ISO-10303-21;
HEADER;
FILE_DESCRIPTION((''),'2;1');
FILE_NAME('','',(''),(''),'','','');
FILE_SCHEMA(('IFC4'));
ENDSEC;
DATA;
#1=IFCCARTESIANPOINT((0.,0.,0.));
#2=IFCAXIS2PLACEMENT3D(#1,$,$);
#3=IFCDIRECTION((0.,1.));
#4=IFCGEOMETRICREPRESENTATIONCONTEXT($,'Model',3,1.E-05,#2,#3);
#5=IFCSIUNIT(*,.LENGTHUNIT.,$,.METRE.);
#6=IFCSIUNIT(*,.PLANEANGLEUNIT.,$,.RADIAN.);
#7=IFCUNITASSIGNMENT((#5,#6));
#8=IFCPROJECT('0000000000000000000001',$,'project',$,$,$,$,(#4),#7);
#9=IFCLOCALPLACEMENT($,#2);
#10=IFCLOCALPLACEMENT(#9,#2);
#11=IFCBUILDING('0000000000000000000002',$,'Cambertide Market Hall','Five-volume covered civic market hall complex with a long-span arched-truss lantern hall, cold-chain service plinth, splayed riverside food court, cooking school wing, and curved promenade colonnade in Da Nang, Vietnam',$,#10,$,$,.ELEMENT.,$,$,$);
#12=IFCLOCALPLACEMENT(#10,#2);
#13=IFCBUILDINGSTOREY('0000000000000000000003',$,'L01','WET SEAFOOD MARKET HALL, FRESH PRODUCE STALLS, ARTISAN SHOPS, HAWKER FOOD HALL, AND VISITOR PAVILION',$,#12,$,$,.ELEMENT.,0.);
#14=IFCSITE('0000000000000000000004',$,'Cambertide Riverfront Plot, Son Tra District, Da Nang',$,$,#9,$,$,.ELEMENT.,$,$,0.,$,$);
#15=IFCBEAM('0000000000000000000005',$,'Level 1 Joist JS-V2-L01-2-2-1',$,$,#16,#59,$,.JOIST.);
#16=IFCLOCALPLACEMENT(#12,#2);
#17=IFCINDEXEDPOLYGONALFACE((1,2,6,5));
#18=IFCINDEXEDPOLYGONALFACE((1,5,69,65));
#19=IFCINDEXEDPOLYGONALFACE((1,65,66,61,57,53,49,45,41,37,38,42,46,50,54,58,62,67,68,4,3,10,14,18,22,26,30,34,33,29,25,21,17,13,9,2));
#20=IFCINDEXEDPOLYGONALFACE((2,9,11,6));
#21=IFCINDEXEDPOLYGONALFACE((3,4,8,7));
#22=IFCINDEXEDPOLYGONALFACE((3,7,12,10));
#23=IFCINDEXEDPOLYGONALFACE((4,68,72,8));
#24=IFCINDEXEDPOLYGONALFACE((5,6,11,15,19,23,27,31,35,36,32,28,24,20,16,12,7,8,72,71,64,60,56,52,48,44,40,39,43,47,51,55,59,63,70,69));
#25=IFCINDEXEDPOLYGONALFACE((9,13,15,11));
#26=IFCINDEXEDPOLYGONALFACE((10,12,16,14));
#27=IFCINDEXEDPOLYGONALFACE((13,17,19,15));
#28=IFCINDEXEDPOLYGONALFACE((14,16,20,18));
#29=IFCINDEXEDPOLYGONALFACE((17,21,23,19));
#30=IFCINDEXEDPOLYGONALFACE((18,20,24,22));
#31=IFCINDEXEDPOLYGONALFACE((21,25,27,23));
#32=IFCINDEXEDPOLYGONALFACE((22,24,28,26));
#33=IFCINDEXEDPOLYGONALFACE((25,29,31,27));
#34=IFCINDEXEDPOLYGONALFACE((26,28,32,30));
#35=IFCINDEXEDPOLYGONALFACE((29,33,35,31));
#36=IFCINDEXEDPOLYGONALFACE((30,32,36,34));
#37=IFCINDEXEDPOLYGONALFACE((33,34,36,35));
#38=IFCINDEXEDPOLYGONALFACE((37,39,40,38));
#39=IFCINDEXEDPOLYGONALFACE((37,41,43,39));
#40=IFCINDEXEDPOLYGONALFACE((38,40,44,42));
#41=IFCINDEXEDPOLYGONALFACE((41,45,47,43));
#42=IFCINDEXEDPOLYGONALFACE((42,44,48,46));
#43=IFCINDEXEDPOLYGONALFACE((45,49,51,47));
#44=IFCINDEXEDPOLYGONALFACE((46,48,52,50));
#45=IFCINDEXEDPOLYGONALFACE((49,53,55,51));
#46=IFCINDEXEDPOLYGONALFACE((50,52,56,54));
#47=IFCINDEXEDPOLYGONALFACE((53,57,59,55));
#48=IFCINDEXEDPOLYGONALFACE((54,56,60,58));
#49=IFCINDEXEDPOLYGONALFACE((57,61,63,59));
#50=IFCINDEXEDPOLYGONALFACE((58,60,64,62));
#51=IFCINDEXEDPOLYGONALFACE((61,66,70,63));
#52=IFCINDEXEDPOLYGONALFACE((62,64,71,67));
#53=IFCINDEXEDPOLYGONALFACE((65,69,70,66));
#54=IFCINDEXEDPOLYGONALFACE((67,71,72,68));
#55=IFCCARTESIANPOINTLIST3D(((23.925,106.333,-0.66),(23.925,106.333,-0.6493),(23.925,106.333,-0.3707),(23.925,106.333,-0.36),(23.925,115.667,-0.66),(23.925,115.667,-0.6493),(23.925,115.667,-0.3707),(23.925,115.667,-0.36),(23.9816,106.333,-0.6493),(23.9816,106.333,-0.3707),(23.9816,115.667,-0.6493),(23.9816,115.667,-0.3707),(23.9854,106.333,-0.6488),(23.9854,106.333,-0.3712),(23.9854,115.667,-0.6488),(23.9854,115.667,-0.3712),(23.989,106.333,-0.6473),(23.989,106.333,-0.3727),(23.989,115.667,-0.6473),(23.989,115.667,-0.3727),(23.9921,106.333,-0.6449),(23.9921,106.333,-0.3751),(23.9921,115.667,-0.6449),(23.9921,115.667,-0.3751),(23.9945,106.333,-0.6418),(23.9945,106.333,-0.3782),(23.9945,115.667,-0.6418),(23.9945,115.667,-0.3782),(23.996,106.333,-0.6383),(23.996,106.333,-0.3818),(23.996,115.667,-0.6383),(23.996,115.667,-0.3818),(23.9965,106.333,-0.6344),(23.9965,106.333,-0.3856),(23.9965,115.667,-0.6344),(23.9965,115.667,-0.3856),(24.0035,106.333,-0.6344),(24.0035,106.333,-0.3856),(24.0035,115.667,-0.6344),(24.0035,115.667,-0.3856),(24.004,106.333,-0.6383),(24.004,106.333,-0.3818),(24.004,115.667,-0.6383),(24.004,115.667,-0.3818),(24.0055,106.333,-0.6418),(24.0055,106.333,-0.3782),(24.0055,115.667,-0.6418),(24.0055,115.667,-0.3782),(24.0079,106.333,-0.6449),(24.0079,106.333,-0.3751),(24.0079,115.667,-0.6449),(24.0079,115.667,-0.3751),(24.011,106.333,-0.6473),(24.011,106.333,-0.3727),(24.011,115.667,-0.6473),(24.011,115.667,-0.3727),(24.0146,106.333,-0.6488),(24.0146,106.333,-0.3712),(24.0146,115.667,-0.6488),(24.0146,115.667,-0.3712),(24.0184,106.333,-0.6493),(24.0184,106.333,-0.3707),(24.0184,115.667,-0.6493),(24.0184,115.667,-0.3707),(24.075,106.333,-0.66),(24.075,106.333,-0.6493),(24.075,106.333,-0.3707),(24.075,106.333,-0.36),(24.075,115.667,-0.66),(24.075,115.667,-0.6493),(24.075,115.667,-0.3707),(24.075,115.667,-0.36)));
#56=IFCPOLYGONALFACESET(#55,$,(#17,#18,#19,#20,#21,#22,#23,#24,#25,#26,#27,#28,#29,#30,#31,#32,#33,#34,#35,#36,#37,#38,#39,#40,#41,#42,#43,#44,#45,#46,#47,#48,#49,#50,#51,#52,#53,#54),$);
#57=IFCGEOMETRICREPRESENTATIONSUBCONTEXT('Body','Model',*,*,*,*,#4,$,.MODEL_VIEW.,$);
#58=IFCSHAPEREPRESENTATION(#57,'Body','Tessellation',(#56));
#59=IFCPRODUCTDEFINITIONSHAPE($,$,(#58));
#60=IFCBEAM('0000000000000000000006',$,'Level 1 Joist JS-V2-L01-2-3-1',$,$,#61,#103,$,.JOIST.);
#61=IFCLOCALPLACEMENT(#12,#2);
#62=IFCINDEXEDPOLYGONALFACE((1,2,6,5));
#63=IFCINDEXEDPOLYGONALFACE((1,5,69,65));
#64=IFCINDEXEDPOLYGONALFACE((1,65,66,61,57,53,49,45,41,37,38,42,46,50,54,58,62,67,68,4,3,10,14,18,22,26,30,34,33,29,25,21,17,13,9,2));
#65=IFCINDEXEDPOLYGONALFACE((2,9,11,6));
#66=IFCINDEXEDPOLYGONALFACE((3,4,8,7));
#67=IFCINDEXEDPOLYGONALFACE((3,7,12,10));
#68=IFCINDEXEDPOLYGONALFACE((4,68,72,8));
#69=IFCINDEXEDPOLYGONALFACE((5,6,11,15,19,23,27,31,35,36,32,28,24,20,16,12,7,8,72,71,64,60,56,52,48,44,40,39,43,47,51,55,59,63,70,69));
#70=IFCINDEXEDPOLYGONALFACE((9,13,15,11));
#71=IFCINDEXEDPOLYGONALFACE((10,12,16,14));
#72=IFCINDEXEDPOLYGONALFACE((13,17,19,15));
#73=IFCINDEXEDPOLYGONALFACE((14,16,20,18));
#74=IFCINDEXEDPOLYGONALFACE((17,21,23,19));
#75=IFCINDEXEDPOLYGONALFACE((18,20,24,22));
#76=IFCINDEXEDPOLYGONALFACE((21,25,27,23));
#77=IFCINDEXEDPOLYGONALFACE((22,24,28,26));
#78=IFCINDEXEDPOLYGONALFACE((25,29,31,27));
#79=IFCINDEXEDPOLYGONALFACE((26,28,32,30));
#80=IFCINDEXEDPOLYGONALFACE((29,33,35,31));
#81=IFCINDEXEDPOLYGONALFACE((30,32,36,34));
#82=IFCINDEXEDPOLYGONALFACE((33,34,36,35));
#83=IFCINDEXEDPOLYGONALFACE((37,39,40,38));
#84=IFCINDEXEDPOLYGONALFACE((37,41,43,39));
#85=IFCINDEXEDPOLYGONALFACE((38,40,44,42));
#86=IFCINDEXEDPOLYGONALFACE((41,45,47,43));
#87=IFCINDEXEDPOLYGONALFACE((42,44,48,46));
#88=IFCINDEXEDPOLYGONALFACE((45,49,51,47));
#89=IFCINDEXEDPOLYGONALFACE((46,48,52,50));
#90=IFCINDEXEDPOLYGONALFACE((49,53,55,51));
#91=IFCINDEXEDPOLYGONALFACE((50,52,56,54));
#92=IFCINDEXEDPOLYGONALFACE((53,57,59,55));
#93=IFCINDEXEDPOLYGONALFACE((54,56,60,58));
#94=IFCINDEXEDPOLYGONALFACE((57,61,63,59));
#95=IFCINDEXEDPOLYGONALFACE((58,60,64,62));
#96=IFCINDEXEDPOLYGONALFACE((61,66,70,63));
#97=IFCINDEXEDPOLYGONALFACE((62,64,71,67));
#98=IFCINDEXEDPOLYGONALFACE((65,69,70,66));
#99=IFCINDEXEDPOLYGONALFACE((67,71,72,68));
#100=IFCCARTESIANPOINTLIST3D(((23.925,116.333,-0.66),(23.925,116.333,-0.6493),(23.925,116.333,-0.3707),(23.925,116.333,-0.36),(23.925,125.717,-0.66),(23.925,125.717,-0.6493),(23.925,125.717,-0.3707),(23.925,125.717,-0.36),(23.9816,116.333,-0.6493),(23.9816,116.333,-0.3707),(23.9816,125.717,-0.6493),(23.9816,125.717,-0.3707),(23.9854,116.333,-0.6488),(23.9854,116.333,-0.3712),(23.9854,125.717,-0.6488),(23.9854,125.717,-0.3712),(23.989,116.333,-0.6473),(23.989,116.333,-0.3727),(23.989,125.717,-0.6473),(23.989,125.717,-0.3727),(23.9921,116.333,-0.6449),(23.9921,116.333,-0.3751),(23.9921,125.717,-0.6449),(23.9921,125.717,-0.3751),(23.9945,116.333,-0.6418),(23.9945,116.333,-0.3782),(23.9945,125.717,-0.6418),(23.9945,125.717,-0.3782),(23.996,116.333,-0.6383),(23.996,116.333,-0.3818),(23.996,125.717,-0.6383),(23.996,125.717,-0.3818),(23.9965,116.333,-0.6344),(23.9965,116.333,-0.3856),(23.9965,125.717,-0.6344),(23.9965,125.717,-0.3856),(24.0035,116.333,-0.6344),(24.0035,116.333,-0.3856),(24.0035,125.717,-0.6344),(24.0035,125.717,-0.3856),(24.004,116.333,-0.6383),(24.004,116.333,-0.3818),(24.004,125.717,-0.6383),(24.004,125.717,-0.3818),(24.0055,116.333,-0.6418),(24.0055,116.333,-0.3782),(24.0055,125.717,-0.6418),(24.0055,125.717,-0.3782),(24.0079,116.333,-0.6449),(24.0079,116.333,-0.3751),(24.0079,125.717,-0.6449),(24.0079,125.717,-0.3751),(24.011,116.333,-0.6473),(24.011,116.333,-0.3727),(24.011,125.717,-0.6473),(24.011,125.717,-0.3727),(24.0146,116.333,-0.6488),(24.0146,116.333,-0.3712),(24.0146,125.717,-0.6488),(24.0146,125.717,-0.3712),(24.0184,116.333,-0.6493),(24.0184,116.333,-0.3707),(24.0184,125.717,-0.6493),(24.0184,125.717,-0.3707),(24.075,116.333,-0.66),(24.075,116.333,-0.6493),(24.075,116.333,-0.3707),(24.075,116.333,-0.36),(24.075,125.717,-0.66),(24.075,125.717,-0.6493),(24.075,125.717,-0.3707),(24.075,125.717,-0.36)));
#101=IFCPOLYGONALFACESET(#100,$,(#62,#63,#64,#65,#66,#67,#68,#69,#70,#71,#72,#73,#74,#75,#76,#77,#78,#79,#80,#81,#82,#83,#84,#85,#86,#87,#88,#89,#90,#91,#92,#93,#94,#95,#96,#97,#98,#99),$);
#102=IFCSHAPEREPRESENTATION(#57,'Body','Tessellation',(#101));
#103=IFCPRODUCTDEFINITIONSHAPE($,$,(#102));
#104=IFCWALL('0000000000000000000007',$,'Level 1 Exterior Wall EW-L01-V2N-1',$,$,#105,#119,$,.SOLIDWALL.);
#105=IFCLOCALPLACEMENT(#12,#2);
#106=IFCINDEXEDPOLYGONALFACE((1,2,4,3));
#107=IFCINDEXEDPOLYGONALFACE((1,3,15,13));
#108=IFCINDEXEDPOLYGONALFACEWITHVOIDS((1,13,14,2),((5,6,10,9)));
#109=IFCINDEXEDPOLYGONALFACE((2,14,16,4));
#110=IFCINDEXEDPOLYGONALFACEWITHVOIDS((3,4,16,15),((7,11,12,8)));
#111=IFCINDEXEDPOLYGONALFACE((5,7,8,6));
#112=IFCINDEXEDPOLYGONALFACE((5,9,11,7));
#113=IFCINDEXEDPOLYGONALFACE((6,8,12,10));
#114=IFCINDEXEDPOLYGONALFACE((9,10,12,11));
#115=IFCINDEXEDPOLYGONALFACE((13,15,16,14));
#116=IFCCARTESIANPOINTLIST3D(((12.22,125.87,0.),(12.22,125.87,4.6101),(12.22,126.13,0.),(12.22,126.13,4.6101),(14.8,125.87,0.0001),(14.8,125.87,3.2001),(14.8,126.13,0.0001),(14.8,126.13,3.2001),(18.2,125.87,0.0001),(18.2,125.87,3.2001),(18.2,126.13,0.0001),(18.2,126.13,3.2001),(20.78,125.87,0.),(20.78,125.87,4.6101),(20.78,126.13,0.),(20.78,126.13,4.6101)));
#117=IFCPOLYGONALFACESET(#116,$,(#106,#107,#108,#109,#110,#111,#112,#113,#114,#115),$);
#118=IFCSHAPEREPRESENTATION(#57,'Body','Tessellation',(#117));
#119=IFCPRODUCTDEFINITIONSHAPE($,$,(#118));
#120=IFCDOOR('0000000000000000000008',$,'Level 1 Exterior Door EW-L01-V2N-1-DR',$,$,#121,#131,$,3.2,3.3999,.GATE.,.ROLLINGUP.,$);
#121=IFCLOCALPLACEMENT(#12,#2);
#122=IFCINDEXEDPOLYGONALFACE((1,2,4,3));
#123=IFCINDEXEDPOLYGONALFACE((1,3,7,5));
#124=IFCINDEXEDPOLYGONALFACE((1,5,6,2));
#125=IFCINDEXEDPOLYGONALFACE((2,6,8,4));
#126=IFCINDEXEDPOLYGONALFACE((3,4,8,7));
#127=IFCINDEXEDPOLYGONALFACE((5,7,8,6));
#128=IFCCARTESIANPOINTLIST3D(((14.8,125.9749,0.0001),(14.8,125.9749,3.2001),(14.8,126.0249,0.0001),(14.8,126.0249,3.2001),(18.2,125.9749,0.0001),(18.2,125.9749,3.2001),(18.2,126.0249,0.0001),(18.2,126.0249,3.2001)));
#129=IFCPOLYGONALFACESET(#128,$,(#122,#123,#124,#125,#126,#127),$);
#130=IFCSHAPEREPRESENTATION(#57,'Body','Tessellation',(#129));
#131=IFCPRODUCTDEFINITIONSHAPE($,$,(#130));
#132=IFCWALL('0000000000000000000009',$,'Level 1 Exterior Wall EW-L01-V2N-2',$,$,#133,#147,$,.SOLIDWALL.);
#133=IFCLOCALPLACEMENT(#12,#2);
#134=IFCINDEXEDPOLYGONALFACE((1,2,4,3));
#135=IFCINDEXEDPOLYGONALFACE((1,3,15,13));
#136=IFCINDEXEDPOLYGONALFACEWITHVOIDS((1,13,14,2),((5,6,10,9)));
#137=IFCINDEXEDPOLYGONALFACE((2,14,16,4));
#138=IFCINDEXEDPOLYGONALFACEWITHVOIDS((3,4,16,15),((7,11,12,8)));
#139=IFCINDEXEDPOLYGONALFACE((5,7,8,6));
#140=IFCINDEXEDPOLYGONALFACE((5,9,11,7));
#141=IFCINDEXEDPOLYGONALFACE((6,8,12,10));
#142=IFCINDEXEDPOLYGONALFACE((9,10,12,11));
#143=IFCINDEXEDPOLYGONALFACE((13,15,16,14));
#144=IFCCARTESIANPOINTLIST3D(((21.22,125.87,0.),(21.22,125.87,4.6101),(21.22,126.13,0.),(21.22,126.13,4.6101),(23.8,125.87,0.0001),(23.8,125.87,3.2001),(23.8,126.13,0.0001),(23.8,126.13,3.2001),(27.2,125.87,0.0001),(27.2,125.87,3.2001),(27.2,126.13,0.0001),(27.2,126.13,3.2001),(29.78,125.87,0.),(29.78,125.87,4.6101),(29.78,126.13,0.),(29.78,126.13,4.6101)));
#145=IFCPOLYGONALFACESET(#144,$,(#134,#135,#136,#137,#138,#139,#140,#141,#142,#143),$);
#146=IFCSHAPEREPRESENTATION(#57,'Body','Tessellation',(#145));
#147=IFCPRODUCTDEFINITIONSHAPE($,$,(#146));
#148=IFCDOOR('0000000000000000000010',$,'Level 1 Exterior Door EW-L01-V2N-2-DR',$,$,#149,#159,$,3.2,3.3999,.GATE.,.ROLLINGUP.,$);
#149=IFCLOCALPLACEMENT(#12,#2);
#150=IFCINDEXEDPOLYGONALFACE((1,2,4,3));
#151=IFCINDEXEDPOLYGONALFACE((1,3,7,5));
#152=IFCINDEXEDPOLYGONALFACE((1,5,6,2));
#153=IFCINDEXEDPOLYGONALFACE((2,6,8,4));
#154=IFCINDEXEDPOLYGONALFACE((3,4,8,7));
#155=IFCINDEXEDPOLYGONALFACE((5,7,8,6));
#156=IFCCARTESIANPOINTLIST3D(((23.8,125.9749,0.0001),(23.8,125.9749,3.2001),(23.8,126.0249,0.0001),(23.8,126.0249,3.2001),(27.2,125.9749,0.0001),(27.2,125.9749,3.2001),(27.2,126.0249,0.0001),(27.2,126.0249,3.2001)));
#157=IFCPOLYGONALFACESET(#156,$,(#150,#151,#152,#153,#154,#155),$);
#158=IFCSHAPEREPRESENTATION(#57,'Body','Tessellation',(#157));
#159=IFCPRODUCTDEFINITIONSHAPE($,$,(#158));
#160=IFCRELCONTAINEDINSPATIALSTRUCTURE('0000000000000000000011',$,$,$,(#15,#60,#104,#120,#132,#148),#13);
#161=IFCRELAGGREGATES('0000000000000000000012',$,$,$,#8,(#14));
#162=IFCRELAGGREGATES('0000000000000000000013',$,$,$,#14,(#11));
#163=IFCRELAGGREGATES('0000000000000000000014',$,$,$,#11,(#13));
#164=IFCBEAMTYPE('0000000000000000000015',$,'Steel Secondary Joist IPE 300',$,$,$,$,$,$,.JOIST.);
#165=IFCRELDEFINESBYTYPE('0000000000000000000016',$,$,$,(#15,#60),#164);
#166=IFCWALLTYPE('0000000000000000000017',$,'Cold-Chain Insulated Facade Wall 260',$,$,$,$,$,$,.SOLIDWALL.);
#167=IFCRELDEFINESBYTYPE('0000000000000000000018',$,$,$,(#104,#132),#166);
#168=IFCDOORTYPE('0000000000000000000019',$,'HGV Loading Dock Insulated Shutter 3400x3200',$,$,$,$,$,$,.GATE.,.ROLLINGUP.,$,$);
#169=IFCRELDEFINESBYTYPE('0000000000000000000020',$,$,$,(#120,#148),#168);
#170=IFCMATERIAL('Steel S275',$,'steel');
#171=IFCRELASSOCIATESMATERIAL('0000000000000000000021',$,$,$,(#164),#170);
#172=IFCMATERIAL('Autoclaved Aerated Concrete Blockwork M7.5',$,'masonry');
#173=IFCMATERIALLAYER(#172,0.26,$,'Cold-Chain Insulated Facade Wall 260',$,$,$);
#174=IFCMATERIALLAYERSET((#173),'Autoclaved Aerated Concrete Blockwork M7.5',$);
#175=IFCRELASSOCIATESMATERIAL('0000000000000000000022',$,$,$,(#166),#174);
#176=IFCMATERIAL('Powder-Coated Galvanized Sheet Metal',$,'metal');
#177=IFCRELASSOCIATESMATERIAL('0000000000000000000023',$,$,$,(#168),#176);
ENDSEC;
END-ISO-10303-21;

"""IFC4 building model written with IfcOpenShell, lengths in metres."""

from ifc_helpers import new_model, si_unit, direction, frame, frame_2d, origin, origin_2d, place, context, subcontext, project, spatial, rectangle, i_section, extrude, material, layer, layer_set, material_profile, profile_set, type_object, element, fill, save


model = new_model("IFC4")

# Units and contexts
model_context = context("Model", 3, precision=1e-05, world=origin(), true_north=direction((0.0, 1.0)))
body_context = subcontext(model_context, "Body", "Model", "MODEL_VIEW")
ifc_project = project(units=[si_unit("LENGTHUNIT", "METRE"), si_unit("PLANEANGLEUNIT", "RADIAN")], contexts=[model_context])

# Site, building, storey
site_placement = place(None, origin())
site = spatial("IfcSite", under=ifc_project, at=site_placement, Name="Cambertide Riverfront Plot, Son Tra District, Da Nang", CompositionType="ELEMENT", RefElevation=0.0)
building_placement = place(site_placement, origin())
building = spatial("IfcBuilding", under=site, at=building_placement, Name="Cambertide Market Hall", Description="Five-volume covered civic market hall complex with a long-span arched-truss lantern hall, cold-chain service plinth, splayed riverside food court, cooking school wing, and curved promenade colonnade in Da Nang, Vietnam", CompositionType="ELEMENT")
storey_placement = place(building_placement, origin())
storey = spatial("IfcBuildingStorey", under=building, at=storey_placement, Name="L01", Description="WET SEAFOOD MARKET HALL, FRESH PRODUCE STALLS, ARTISAN SHOPS, HAWKER FOOD HALL, AND VISITOR PAVILION", CompositionType="ELEMENT", Elevation=0.0)

# Beams
ifc_material_1 = material(Name="Steel S275", Category="steel")
ifc_material_profile_1 = material_profile(ifc_material_1, i_section(OverallWidth=0.1499, OverallDepth=0.3, WebThickness=0.0071, FlangeThickness=0.0107, FilletRadius=0.0149, at=origin_2d()), Name="IPE 300")
ifc_profile_set_1 = profile_set([ifc_material_profile_1], Name="Steel S275")
beam_type_1 = type_object("IfcBeamType", Name="Steel Secondary Joist IPE 300", PredefinedType="JOIST", material=ifc_profile_set_1)
beam_1_placement = place(storey_placement, frame((24.0, 106.333, -0.51), z_axis=(0.0, 1.0, 0.0), x_axis=(-1.0, 0.0, 0.0)))
element("IfcBeam", 1, at=beam_1_placement, inside=storey, type_object=beam_type_1, Name="Level 1 Joist JS-V2-L01-2-2-1", PredefinedType="JOIST", context=body_context, shape_type="SweptSolid", body=[
    extrude(i_section(OverallWidth=0.1499, OverallDepth=0.3, WebThickness=0.0071, FlangeThickness=0.0107, FilletRadius=0.0149, at=origin_2d()), origin(), (0.0, 0.0, 1.0), 9.334),
])
beam_2_placement = place(storey_placement, frame((24.0, 116.333, -0.51), z_axis=(0.0, 1.0, 0.0), x_axis=(-1.0, 0.0, 0.0)))
element("IfcBeam", 2, at=beam_2_placement, inside=storey, type_object=beam_type_1, Name="Level 1 Joist JS-V2-L01-2-3-1", PredefinedType="JOIST", context=body_context, shape_type="SweptSolid", body=[
    extrude(i_section(OverallWidth=0.1499, OverallDepth=0.3, WebThickness=0.0071, FlangeThickness=0.0107, FilletRadius=0.0149, at=origin_2d()), origin(), (0.0, 0.0, 1.0), 9.384),
])

# Walls, openings, doors
ifc_material_2 = material(Name="Autoclaved Aerated Concrete Blockwork M7.5", Category="masonry")
ifc_layer = layer(ifc_material_2, 0.26, Name="Cold-Chain Insulated Facade Wall 260")
ifc_layer_set = layer_set([ifc_layer], Name="Autoclaved Aerated Concrete Blockwork M7.5")
wall_type = type_object("IfcWallType", Name="Cold-Chain Insulated Facade Wall 260", PredefinedType="SOLIDWALL", material=ifc_layer_set)
wall_1_placement = place(storey_placement, frame((12.22, 126.0, 0.0), z_axis=(0.0, 0.0, 1.0), x_axis=(1.0, 0.0, 0.0)))
wall_1 = element("IfcWall", 3, at=wall_1_placement, inside=storey, type_object=wall_type, Name="Level 1 Exterior Wall EW-L01-V2N-1", PredefinedType="SOLIDWALL", context=body_context, shape_type="SweptSolid", body=[
    extrude(rectangle(XDim=8.5601, YDim=0.26, at=frame_2d((4.28, 0.0))), origin(), (0.0, 0.0, 1.0), 4.6101),
])
opening_1_placement = place(wall_1_placement, frame((2.5801, 0.0, 0.0)))
opening_1 = element("IfcOpeningElement", 4, at=opening_1_placement, cuts=wall_1, PredefinedType="OPENING", context=body_context, shape_type="SweptSolid", body=[
    extrude(rectangle(XDim=3.3999, YDim=3.2, at=frame_2d((1.7, 1.6001))), frame((0.0, 0.1399, 0.0), z_axis=(0.0, -1.0, 0.0), x_axis=(1.0, 0.0, 0.0)), (0.0, 0.0, 1.0), 0.28),
])
ifc_material_3 = material(Name="Powder-Coated Galvanized Sheet Metal", Category="metal")
door_type_1 = type_object("IfcDoorType", Name="HGV Loading Dock Insulated Shutter 3400x3200", OperationType="ROLLINGUP", PredefinedType="GATE", material=ifc_material_3)
door_1_placement = place(opening_1_placement, origin())
door_1 = element("IfcDoor", 5, at=door_1_placement, inside=storey, type_object=door_type_1, Name="Level 1 Exterior Door EW-L01-V2N-1-DR", OperationType="ROLLINGUP", OverallHeight=3.2, OverallWidth=3.3999, PredefinedType="GATE", context=body_context, shape_type="SweptSolid", body=[
    extrude(rectangle(XDim=3.3999, YDim=3.2, at=frame_2d((1.7, 1.6001))), frame((0.0, 0.0249, 0.0), z_axis=(0.0, -1.0, 0.0), x_axis=(1.0, 0.0, 0.0)), (0.0, 0.0, 1.0), 0.05),
])
fill(opening_1, door_1)
wall_2_placement = place(storey_placement, frame((21.22, 126.0, 0.0), z_axis=(0.0, 0.0, 1.0), x_axis=(1.0, 0.0, 0.0)))
wall_2 = element("IfcWall", 6, at=wall_2_placement, inside=storey, type_object=wall_type, Name="Level 1 Exterior Wall EW-L01-V2N-2", PredefinedType="SOLIDWALL", context=body_context, shape_type="SweptSolid", body=[
    extrude(rectangle(XDim=8.5601, YDim=0.26, at=frame_2d((4.28, 0.0))), origin(), (0.0, 0.0, 1.0), 4.6101),
])
opening_2_placement = place(wall_2_placement, frame((2.5801, 0.0, 0.0)))
opening_2 = element("IfcOpeningElement", 7, at=opening_2_placement, cuts=wall_2, PredefinedType="OPENING", context=body_context, shape_type="SweptSolid", body=[
    extrude(rectangle(XDim=3.3999, YDim=3.2, at=frame_2d((1.7, 1.6001))), frame((0.0, 0.1399, 0.0), z_axis=(0.0, -1.0, 0.0), x_axis=(1.0, 0.0, 0.0)), (0.0, 0.0, 1.0), 0.28),
])
door_2_placement = place(opening_2_placement, origin())
door_2 = element("IfcDoor", 8, at=door_2_placement, inside=storey, type_object=door_type_1, Name="Level 1 Exterior Door EW-L01-V2N-2-DR", OperationType="ROLLINGUP", OverallHeight=3.2, OverallWidth=3.3999, PredefinedType="GATE", context=body_context, shape_type="SweptSolid", body=[
    extrude(rectangle(XDim=3.3999, YDim=3.2, at=frame_2d((1.7, 1.6001))), frame((0.0, 0.0249, 0.0), z_axis=(0.0, -1.0, 0.0), x_axis=(1.0, 0.0, 0.0)), (0.0, 0.0, 1.0), 0.05),
])
fill(opening_2, door_2)

save(model, "model.ifc")
